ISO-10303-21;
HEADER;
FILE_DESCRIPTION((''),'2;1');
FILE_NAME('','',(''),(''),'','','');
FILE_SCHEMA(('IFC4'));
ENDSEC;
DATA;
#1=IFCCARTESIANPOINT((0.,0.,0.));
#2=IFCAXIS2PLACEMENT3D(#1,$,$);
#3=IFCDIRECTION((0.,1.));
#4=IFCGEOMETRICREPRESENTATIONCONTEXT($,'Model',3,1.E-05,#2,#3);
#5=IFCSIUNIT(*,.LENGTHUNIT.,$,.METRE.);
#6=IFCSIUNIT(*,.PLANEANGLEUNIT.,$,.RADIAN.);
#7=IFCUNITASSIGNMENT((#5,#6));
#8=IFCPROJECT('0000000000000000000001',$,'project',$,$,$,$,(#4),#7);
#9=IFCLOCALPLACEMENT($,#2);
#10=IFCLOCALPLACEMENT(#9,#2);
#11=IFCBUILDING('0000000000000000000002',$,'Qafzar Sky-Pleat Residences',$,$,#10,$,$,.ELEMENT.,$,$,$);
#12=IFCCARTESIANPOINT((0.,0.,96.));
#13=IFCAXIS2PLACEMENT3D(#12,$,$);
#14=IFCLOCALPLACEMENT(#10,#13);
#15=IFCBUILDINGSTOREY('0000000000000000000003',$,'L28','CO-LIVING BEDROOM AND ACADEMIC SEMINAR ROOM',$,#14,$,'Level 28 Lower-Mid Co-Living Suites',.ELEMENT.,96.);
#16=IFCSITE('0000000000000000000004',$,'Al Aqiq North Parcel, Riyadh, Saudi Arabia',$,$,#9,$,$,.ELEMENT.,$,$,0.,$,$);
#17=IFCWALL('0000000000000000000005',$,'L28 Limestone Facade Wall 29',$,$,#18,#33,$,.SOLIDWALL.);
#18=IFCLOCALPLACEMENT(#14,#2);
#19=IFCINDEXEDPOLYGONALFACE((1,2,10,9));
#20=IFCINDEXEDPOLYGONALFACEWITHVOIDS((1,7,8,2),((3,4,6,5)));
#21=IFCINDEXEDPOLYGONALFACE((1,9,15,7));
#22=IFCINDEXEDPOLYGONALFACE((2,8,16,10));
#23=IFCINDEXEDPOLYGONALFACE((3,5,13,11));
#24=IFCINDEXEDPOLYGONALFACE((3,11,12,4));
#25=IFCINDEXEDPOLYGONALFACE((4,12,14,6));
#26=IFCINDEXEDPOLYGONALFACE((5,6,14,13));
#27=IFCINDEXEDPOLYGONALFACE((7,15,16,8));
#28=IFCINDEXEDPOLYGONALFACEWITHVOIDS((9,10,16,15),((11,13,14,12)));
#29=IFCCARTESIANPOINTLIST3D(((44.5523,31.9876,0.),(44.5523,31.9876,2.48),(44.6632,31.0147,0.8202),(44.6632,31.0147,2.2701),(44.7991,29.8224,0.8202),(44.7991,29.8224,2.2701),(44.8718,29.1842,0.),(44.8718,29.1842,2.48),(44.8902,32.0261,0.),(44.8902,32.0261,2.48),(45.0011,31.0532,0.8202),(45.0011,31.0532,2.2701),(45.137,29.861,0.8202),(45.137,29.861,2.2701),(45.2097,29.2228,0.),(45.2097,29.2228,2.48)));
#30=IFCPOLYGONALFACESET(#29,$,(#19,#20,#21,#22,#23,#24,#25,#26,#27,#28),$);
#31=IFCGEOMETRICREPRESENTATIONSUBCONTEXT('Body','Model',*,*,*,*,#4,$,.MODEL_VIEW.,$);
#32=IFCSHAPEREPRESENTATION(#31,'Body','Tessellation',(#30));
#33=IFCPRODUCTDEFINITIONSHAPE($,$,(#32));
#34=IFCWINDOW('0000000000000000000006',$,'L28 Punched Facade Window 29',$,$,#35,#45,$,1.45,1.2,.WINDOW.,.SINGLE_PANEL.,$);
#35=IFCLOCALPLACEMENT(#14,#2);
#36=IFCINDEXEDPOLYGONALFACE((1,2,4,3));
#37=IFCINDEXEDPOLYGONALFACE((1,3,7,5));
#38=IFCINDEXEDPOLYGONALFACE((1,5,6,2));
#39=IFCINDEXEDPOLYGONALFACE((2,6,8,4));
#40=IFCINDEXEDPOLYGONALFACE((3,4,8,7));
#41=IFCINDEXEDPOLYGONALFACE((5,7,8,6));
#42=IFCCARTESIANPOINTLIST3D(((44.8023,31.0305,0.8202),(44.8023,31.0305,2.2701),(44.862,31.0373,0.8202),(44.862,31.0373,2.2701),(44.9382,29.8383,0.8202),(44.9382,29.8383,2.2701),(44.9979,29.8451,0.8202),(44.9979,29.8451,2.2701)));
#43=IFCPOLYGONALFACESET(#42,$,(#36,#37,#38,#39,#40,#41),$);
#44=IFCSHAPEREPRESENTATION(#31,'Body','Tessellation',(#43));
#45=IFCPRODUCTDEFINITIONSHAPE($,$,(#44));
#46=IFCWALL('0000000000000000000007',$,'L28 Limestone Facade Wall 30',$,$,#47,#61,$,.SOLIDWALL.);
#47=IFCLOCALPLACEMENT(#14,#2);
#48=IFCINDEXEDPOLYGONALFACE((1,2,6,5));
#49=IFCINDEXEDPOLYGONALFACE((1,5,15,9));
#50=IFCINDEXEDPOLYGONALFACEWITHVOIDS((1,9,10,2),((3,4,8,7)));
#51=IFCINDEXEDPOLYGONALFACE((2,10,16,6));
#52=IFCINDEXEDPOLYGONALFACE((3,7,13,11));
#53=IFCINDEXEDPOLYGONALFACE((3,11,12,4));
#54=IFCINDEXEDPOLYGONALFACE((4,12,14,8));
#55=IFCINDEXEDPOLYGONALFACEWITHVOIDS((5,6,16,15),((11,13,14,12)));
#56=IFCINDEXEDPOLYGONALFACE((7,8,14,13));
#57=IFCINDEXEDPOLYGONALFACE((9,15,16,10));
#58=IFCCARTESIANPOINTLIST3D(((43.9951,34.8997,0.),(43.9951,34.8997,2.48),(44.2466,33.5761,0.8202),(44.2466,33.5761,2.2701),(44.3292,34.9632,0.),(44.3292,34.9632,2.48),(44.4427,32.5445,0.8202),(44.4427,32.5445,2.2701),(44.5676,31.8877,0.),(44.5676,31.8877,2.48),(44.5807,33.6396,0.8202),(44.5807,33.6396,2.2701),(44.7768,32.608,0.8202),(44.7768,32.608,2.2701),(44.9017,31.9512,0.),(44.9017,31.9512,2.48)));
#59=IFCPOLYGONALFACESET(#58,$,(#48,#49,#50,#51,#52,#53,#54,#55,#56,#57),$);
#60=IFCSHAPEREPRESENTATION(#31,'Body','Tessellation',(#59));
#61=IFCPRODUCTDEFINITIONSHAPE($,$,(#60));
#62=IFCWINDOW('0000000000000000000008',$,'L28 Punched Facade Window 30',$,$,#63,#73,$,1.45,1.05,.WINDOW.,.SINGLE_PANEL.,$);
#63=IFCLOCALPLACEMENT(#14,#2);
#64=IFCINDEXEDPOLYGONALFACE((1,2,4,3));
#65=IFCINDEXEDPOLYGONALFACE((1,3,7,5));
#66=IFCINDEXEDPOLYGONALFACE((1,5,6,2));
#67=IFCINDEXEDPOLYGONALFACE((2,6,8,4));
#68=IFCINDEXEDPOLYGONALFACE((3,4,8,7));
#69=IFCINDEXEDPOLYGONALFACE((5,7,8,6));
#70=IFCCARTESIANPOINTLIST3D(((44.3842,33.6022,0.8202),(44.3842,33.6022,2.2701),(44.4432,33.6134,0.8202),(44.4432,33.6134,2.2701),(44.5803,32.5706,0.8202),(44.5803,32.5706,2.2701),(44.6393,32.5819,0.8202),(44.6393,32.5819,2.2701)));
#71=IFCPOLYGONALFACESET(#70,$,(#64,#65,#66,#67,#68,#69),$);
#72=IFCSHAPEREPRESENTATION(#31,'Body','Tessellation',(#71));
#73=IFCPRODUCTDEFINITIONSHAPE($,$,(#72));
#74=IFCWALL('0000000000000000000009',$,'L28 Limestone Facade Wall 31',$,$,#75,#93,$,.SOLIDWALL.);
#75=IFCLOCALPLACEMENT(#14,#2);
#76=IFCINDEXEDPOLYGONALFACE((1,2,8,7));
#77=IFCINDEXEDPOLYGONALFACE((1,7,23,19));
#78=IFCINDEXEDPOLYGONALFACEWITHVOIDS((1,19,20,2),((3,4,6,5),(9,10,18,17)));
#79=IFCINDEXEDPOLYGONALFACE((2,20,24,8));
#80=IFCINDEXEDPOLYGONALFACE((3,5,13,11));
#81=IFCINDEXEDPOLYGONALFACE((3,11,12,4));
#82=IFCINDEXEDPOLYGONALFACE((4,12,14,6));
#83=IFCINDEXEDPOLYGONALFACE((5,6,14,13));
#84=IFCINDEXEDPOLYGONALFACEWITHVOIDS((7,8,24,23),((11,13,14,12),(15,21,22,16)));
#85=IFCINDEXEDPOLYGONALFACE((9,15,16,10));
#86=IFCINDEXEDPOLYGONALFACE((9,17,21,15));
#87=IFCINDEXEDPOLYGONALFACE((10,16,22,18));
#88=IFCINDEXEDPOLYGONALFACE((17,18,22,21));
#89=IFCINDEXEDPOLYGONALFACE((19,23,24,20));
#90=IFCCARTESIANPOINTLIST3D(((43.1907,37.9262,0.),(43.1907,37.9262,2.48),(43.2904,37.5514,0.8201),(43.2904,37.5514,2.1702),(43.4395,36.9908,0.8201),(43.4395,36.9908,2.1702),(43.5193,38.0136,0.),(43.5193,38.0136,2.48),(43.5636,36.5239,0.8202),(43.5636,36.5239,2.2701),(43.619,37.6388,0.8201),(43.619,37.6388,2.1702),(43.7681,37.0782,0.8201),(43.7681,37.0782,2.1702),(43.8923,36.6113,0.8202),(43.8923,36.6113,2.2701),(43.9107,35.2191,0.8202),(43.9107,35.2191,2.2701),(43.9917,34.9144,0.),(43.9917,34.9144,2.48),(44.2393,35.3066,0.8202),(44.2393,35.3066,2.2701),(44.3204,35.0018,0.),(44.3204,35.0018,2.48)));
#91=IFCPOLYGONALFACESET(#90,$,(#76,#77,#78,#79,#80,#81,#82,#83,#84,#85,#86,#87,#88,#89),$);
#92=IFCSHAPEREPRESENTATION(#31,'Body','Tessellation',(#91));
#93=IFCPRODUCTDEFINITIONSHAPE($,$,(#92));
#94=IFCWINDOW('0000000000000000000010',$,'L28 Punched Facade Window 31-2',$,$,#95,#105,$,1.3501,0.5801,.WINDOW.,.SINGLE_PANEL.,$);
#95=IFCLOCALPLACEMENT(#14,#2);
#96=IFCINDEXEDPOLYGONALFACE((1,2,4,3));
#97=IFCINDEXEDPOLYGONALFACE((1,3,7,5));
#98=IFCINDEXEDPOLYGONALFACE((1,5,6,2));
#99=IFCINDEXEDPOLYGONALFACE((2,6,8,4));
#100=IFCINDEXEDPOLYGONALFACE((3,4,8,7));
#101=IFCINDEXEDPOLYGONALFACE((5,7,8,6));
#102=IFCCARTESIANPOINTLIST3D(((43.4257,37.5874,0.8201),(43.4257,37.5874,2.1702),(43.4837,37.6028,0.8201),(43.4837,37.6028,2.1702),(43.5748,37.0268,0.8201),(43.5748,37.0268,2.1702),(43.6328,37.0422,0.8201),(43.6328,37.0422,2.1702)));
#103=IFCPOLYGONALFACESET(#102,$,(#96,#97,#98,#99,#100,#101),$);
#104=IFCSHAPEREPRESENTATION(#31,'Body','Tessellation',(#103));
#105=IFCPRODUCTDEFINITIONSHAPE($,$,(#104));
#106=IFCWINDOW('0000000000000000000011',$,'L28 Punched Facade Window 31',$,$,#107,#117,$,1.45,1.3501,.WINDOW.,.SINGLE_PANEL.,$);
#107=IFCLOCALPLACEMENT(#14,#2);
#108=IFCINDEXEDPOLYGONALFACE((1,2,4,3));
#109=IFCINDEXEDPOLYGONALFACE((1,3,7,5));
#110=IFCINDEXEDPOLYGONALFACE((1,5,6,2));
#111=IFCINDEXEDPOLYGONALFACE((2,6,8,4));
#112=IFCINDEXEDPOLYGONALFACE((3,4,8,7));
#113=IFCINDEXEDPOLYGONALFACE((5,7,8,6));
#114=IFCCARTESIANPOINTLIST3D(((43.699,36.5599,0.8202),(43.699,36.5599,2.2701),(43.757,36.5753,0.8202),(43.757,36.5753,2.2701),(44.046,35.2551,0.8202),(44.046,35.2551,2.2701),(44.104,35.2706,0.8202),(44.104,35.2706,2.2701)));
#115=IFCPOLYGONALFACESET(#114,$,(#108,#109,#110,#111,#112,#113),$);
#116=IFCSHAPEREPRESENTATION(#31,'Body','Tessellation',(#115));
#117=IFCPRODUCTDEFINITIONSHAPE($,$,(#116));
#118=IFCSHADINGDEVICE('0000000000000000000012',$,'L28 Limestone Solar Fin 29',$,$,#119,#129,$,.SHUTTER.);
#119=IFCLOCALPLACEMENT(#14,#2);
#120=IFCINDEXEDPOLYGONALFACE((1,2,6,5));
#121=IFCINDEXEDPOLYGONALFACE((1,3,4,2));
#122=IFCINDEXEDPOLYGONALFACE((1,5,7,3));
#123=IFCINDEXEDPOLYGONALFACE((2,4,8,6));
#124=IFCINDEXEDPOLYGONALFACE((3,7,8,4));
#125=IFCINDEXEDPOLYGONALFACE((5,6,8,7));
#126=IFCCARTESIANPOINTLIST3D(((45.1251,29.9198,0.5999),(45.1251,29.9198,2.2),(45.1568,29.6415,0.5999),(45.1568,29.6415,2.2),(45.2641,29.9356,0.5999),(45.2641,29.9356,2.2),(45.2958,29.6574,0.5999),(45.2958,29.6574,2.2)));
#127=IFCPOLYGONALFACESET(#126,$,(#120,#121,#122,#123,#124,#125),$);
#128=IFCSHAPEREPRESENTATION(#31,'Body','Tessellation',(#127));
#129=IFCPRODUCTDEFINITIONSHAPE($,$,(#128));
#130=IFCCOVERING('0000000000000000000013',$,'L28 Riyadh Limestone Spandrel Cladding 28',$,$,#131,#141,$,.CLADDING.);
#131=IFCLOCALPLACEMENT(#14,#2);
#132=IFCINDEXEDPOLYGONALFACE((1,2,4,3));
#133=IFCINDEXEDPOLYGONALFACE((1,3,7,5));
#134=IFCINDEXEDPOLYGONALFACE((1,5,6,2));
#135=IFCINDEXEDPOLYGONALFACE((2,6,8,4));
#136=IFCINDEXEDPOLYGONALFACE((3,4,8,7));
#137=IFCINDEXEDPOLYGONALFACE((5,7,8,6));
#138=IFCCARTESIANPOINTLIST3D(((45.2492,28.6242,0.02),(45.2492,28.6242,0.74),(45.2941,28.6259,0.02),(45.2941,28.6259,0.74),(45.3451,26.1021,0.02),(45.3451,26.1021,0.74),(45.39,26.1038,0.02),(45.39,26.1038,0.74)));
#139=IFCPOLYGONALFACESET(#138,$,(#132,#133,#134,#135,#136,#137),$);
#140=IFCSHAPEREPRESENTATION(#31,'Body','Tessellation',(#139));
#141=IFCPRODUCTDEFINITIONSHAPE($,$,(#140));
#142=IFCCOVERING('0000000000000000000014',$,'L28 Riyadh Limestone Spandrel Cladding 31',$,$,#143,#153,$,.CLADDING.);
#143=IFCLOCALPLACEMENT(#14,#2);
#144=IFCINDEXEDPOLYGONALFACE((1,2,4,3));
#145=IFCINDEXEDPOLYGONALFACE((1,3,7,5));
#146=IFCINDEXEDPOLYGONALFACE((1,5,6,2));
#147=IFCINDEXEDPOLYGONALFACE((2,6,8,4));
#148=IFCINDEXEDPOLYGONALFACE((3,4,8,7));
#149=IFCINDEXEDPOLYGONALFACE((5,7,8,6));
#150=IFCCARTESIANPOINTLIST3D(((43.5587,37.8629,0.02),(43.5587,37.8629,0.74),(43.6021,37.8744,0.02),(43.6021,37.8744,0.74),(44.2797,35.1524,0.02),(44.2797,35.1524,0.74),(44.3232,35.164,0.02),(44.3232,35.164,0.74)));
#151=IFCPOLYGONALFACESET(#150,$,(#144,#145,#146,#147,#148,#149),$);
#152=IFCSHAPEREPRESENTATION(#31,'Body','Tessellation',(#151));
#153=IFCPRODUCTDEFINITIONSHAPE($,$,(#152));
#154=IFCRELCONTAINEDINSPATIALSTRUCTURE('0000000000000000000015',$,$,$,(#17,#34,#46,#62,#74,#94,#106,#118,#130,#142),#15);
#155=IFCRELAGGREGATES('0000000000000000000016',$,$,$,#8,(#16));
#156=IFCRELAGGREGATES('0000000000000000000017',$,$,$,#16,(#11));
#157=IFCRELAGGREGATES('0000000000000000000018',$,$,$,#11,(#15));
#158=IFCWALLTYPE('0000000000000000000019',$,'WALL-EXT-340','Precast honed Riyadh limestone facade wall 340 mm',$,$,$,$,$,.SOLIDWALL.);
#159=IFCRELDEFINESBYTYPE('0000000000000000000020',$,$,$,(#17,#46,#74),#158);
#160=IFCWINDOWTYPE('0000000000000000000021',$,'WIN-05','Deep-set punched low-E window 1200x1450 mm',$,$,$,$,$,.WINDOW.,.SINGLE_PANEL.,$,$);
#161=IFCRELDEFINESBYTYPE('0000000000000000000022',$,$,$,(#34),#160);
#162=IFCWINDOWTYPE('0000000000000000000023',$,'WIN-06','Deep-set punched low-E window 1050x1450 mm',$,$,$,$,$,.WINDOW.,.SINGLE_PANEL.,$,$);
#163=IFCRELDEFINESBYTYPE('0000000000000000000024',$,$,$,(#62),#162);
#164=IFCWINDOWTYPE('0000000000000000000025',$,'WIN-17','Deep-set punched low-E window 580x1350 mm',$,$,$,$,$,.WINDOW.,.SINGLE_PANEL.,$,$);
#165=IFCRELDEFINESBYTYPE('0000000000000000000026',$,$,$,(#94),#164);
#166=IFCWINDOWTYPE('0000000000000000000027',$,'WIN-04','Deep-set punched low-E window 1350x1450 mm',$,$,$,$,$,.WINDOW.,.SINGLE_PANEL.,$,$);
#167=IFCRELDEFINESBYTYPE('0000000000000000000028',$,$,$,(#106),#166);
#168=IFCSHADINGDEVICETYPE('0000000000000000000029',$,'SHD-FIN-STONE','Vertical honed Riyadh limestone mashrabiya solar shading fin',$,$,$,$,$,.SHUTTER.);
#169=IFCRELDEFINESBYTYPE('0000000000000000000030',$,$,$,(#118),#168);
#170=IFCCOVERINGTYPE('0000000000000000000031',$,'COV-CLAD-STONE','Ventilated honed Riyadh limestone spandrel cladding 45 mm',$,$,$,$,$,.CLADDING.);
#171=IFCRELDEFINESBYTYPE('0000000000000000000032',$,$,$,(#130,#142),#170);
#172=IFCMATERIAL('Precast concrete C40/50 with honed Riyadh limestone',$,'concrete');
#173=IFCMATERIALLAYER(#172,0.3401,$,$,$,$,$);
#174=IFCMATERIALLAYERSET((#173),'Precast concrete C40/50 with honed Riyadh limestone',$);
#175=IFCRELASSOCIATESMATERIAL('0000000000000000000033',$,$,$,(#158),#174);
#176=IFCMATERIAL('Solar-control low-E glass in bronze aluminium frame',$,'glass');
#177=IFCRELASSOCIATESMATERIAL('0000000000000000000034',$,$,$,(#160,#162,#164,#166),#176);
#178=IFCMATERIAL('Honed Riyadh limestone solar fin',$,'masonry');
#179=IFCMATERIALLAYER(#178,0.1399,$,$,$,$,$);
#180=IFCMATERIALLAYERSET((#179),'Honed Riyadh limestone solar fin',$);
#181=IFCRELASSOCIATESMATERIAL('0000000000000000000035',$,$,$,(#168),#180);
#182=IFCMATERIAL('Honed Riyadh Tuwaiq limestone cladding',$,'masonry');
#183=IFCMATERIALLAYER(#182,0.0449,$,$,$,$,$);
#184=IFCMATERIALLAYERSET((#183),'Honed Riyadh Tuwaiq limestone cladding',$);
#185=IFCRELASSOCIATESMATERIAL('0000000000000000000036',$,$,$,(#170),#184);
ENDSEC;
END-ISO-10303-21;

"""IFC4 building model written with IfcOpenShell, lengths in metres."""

from ifc_helpers import new_model, si_unit, direction, frame, frame_2d, origin, origin_2d, place, context, subcontext, project, spatial, rectangle, extrude, source, transform, mapped, material, layer, layer_set, type_object, element, fill, save


model = new_model("IFC4")

# Units and contexts
model_context = context("Model", 3, precision=1e-05, world=origin(), true_north=direction((0.0, 1.0)))
body_context = subcontext(model_context, "Body", "Model", "MODEL_VIEW")
ifc_project = project(units=[si_unit("LENGTHUNIT", "METRE"), si_unit("PLANEANGLEUNIT", "RADIAN")], contexts=[model_context])

# Site, building, storey
site_placement = place(None, origin())
site = spatial("IfcSite", under=ifc_project, at=site_placement, Name="Al Aqiq North Parcel, Riyadh, Saudi Arabia", CompositionType="ELEMENT", RefElevation=0.0)
building_placement = place(site_placement, origin())
building = spatial("IfcBuilding", under=site, at=building_placement, Name="Qafzar Sky-Pleat Residences", CompositionType="ELEMENT")
storey_placement = place(building_placement, frame((0.0, 0.0, 96.0)))
storey = spatial("IfcBuildingStorey", under=building, at=storey_placement, Name="L28", Description="CO-LIVING BEDROOM AND ACADEMIC SEMINAR ROOM", LongName="Level 28 Lower-Mid Co-Living Suites", CompositionType="ELEMENT", Elevation=96.0)

# Walls, openings, windows
ifc_material_1 = material(Name="Precast concrete C40/50 with honed Riyadh limestone", Category="concrete")
ifc_layer_1 = layer(ifc_material_1, 0.3401)
ifc_layer_set_1 = layer_set([ifc_layer_1], Name="Precast concrete C40/50 with honed Riyadh limestone")
wall_type_1 = type_object("IfcWallType", Name="WALL-EXT-340", Description="Precast honed Riyadh limestone facade wall 340 mm", PredefinedType="SOLIDWALL", material=ifc_layer_set_1)
wall_1_placement = place(storey_placement, frame((45.0408, 29.2036, 0.0), z_axis=(0.0, 0.0, 1.0), x_axis=(-0.113261, 0.993565, 0.0)))
wall_1 = element("IfcWall", 1, at=wall_1_placement, inside=storey, type_object=wall_type_1, Name="L28 Limestone Facade Wall 29", PredefinedType="SOLIDWALL", context=body_context, shape_type="SweptSolid", body=[
    extrude(rectangle(XDim=2.8215, YDim=0.3401, at=frame_2d((1.4106, 0.0))), origin(), (0.0, 0.0, 1.0), 2.48),
])
opening_1_placement = place(wall_1_placement, frame((0.6421, 0.0, 0.8201)))
opening_1 = element("IfcOpeningElement", 2, at=opening_1_placement, cuts=wall_1, PredefinedType="OPENING", context=body_context, shape_type="SweptSolid", body=[
    extrude(rectangle(XDim=1.2, YDim=1.45, at=frame_2d((0.6001, 0.7251))), frame((0.0, 0.1802, 0.0), z_axis=(0.0, -1.0, 0.0), x_axis=(1.0, 0.0, 0.0)), (0.0, 0.0, 1.0), 0.3601),
])
ifc_material_2 = material(Name="Solar-control low-E glass in bronze aluminium frame", Category="glass")
window_type_1 = type_object("IfcWindowType", Name="WIN-05", Description="Deep-set punched low-E window 1200x1450 mm", PartitioningType="SINGLE_PANEL", PredefinedType="WINDOW", material=ifc_material_2)
shared_shape_1 = source(origin(), body_context, "Body", "SweptSolid", [
    extrude(rectangle(XDim=1.2, YDim=1.45, at=frame_2d((0.6001, 0.7251))), frame((0.0, 0.03, 0.0), z_axis=(0.0, -1.0, 0.0), x_axis=(1.0, 0.0, 0.0)), (0.0, 0.0, 1.0), 0.0601),
])
window_1_placement = place(opening_1_placement, origin())
window_1 = element("IfcWindow", 3, at=window_1_placement, inside=storey, type_object=window_type_1, Name="L28 Punched Facade Window 29", OverallHeight=1.45, OverallWidth=1.2, PartitioningType="SINGLE_PANEL", PredefinedType="WINDOW", context=body_context, shape_type="MappedRepresentation", body=[
    mapped(shared_shape_1, transform((0.0, 0.0, 0.0), x_axis=(1.0, 0.0, 0.0), y_axis=(0.0, 1.0, 0.0), z_axis=(0.0, 0.0, 1.0), scale=1.0)),
])
fill(opening_1, window_1)
wall_2_placement = place(storey_placement, frame((44.7346, 31.9194, 0.0), z_axis=(0.0, 0.0, 1.0), x_axis=(-0.186735, 0.98241, 0.0)))
wall_2 = element("IfcWall", 4, at=wall_2_placement, inside=storey, type_object=wall_type_1, Name="L28 Limestone Facade Wall 30", PredefinedType="SOLIDWALL", context=body_context, shape_type="SweptSolid", body=[
    extrude(rectangle(XDim=3.0659, YDim=0.3401, at=frame_2d((1.533, 0.0))), origin(), (0.0, 0.0, 1.0), 2.48),
])
opening_2_placement = place(wall_2_placement, frame((0.6687, 0.0, 0.8201)))
opening_2 = element("IfcOpeningElement", 5, at=opening_2_placement, cuts=wall_2, PredefinedType="OPENING", context=body_context, shape_type="SweptSolid", body=[
    extrude(rectangle(XDim=1.05, YDim=1.45, at=frame_2d((0.5249, 0.7251))), frame((0.0, 0.1802, 0.0), z_axis=(0.0, -1.0, 0.0), x_axis=(1.0, 0.0, 0.0)), (0.0, 0.0, 1.0), 0.3601),
])
window_type_2 = type_object("IfcWindowType", Name="WIN-06", Description="Deep-set punched low-E window 1050x1450 mm", PartitioningType="SINGLE_PANEL", PredefinedType="WINDOW", material=ifc_material_2)
shared_shape_2 = source(origin(), body_context, "Body", "SweptSolid", [
    extrude(rectangle(XDim=1.05, YDim=1.45, at=frame_2d((0.5249, 0.7251))), frame((0.0, 0.03, 0.0), z_axis=(0.0, -1.0, 0.0), x_axis=(1.0, 0.0, 0.0)), (0.0, 0.0, 1.0), 0.0601),
])
window_2_placement = place(opening_2_placement, origin())
window_2 = element("IfcWindow", 6, at=window_2_placement, inside=storey, type_object=window_type_2, Name="L28 Punched Facade Window 30", OverallHeight=1.45, OverallWidth=1.05, PartitioningType="SINGLE_PANEL", PredefinedType="WINDOW", context=body_context, shape_type="MappedRepresentation", body=[
    mapped(shared_shape_2, transform((0.0, 0.0, 0.0), x_axis=(1.0, 0.0, 0.0), y_axis=(0.0, 1.0, 0.0), z_axis=(0.0, 0.0, 1.0), scale=1.0)),
])
fill(opening_2, window_2)

# Wall, openings, windows
wall_3_placement = place(storey_placement, frame((44.156, 34.9583, 0.0), z_axis=(0.0, 0.0, 1.0), x_axis=(-0.257034, 0.966402, 0.0)))
wall_3 = element("IfcWall", 7, at=wall_3_placement, inside=storey, type_object=wall_type_1, Name="L28 Limestone Facade Wall 31", PredefinedType="SOLIDWALL", context=body_context, shape_type="SweptSolid", body=[
    extrude(rectangle(XDim=3.1165, YDim=0.3401, at=frame_2d((1.5581, 0.0))), origin(), (0.0, 0.0, 1.0), 2.48),
])
opening_3_placement = place(wall_3_placement, frame((0.3152, 0.0, 0.8201)))
opening_3 = element("IfcOpeningElement", 8, at=opening_3_placement, cuts=wall_3, PredefinedType="OPENING", context=body_context, shape_type="SweptSolid", body=[
    extrude(rectangle(XDim=1.3501, YDim=1.45, at=frame_2d((0.675, 0.7251))), frame((0.0, 0.1802, 0.0), z_axis=(0.0, -1.0, 0.0), x_axis=(1.0, 0.0, 0.0)), (0.0, 0.0, 1.0), 0.3601),
])
opening_4_placement = place(wall_3_placement, frame((2.1484, 0.0, 0.8201)))
opening_4 = element("IfcOpeningElement", 9, at=opening_4_placement, cuts=wall_3, PredefinedType="OPENING", context=body_context, shape_type="SweptSolid", body=[
    extrude(rectangle(XDim=0.5801, YDim=1.3501, at=frame_2d((0.29, 0.675))), frame((0.0, 0.1802, 0.0), z_axis=(0.0, -1.0, 0.0), x_axis=(1.0, 0.0, 0.0)), (0.0, 0.0, 1.0), 0.3601),
])
window_type_3 = type_object("IfcWindowType", Name="WIN-17", Description="Deep-set punched low-E window 580x1350 mm", PartitioningType="SINGLE_PANEL", PredefinedType="WINDOW", material=ifc_material_2)
shared_shape_3 = source(origin(), body_context, "Body", "SweptSolid", [
    extrude(rectangle(XDim=0.5801, YDim=1.3501, at=frame_2d((0.29, 0.675))), frame((0.0, 0.03, 0.0), z_axis=(0.0, -1.0, 0.0), x_axis=(1.0, 0.0, 0.0)), (0.0, 0.0, 1.0), 0.0601),
])
window_3_placement = place(opening_4_placement, origin())
window_3 = element("IfcWindow", 10, at=window_3_placement, inside=storey, type_object=window_type_3, Name="L28 Punched Facade Window 31-2", OverallHeight=1.3501, OverallWidth=0.5801, PartitioningType="SINGLE_PANEL", PredefinedType="WINDOW", context=body_context, shape_type="MappedRepresentation", body=[
    mapped(shared_shape_3, transform((0.0, 0.0, 0.0), x_axis=(1.0, 0.0, 0.0), y_axis=(0.0, 1.0, 0.0), z_axis=(0.0, 0.0, 1.0), scale=1.0)),
])
fill(opening_4, window_3)
window_type_4 = type_object("IfcWindowType", Name="WIN-04", Description="Deep-set punched low-E window 1350x1450 mm", PartitioningType="SINGLE_PANEL", PredefinedType="WINDOW", material=ifc_material_2)
shared_shape_4 = source(origin(), body_context, "Body", "SweptSolid", [
    extrude(rectangle(XDim=1.3501, YDim=1.45, at=frame_2d((0.675, 0.7251))), frame((0.0, 0.03, 0.0), z_axis=(0.0, -1.0, 0.0), x_axis=(1.0, 0.0, 0.0)), (0.0, 0.0, 1.0), 0.0601),
])
window_4_placement = place(opening_3_placement, origin())
window_4 = element("IfcWindow", 11, at=window_4_placement, inside=storey, type_object=window_type_4, Name="L28 Punched Facade Window 31", OverallHeight=1.45, OverallWidth=1.3501, PartitioningType="SINGLE_PANEL", PredefinedType="WINDOW", context=body_context, shape_type="MappedRepresentation", body=[
    mapped(shared_shape_4, transform((0.0, 0.0, 0.0), x_axis=(1.0, 0.0, 0.0), y_axis=(0.0, 1.0, 0.0), z_axis=(0.0, 0.0, 1.0), scale=1.0)),
])
fill(opening_3, window_4)

# Shading device
ifc_material_3 = material(Name="Honed Riyadh limestone solar fin", Category="masonry")
ifc_layer_2 = layer(ifc_material_3, 0.1399)
ifc_layer_set_2 = layer_set([ifc_layer_2], Name="Honed Riyadh limestone solar fin")
shading_device_type = type_object("IfcShadingDeviceType", Name="SHD-FIN-STONE", Description="Vertical honed Riyadh limestone mashrabiya solar shading fin", PredefinedType="SHUTTER", material=ifc_layer_set_2)
shared_shape_5 = source(origin(), body_context, "Body", "SweptSolid", [
    extrude(rectangle(XDim=0.1399, YDim=0.28, at=origin_2d()), origin(), (0.0, 0.0, 1.0), 1.6001),
])
shading_device_placement = place(storey_placement, frame((45.2104, 29.7886, 0.5999), z_axis=(0.0, 0.0, 1.0), x_axis=(0.993567, 0.11325, 0.0)))
element("IfcShadingDevice", 12, at=shading_device_placement, inside=storey, type_object=shading_device_type, Name="L28 Limestone Solar Fin 29", PredefinedType="SHUTTER", context=body_context, shape_type="MappedRepresentation", body=[
    mapped(shared_shape_5, transform((0.0, 0.0, 0.0), x_axis=(1.0, 0.0, 0.0), y_axis=(0.0, 1.0, 0.0), z_axis=(0.0, 0.0, 1.0), scale=1.0)),
])

# Coverings
ifc_material_4 = material(Name="Honed Riyadh Tuwaiq limestone cladding", Category="masonry")
ifc_layer_3 = layer(ifc_material_4, 0.0449)
ifc_layer_set_3 = layer_set([ifc_layer_3], Name="Honed Riyadh Tuwaiq limestone cladding")
covering_type = type_object("IfcCoveringType", Name="COV-CLAD-STONE", Description="Ventilated honed Riyadh limestone spandrel cladding 45 mm", PredefinedType="CLADDING", material=ifc_layer_set_3)
shared_shape_6 = source(origin(), body_context, "Body", "SweptSolid", [
    extrude(rectangle(XDim=2.5239, YDim=0.0449, at=origin_2d()), origin(), (0.0, 0.0, 1.0), 0.72),
])
covering_1_placement = place(storey_placement, frame((45.3196, 27.364, 0.02), z_axis=(0.0, 0.0, 1.0), x_axis=(-0.037977, 0.999279, 0.0)))
element("IfcCovering", 13, at=covering_1_placement, inside=storey, type_object=covering_type, Name="L28 Riyadh Limestone Spandrel Cladding 28", PredefinedType="CLADDING", context=body_context, shape_type="MappedRepresentation", body=[
    mapped(shared_shape_6, transform((0.0, 0.0, 0.0), x_axis=(1.0, 0.0, 0.0), y_axis=(0.0, 1.0, 0.0), z_axis=(0.0, 0.0, 1.0), scale=1.0)),
])
shared_shape_7 = source(origin(), body_context, "Body", "SweptSolid", [
    extrude(rectangle(XDim=2.8047, YDim=0.0449, at=origin_2d()), origin(), (0.0, 0.0, 1.0), 0.72),
])
covering_2_placement = place(storey_placement, frame((43.9409, 36.5134, 0.02), z_axis=(0.0, 0.0, 1.0), x_axis=(-0.257095, 0.966386, 0.0)))
element("IfcCovering", 14, at=covering_2_placement, inside=storey, type_object=covering_type, Name="L28 Riyadh Limestone Spandrel Cladding 31", PredefinedType="CLADDING", context=body_context, shape_type="MappedRepresentation", body=[
    mapped(shared_shape_7, transform((0.0, 0.0, 0.0), x_axis=(1.0, 0.0, 0.0), y_axis=(0.0, 1.0, 0.0), z_axis=(0.0, 0.0, 1.0), scale=1.0)),
])

save(model, "model.ifc")
